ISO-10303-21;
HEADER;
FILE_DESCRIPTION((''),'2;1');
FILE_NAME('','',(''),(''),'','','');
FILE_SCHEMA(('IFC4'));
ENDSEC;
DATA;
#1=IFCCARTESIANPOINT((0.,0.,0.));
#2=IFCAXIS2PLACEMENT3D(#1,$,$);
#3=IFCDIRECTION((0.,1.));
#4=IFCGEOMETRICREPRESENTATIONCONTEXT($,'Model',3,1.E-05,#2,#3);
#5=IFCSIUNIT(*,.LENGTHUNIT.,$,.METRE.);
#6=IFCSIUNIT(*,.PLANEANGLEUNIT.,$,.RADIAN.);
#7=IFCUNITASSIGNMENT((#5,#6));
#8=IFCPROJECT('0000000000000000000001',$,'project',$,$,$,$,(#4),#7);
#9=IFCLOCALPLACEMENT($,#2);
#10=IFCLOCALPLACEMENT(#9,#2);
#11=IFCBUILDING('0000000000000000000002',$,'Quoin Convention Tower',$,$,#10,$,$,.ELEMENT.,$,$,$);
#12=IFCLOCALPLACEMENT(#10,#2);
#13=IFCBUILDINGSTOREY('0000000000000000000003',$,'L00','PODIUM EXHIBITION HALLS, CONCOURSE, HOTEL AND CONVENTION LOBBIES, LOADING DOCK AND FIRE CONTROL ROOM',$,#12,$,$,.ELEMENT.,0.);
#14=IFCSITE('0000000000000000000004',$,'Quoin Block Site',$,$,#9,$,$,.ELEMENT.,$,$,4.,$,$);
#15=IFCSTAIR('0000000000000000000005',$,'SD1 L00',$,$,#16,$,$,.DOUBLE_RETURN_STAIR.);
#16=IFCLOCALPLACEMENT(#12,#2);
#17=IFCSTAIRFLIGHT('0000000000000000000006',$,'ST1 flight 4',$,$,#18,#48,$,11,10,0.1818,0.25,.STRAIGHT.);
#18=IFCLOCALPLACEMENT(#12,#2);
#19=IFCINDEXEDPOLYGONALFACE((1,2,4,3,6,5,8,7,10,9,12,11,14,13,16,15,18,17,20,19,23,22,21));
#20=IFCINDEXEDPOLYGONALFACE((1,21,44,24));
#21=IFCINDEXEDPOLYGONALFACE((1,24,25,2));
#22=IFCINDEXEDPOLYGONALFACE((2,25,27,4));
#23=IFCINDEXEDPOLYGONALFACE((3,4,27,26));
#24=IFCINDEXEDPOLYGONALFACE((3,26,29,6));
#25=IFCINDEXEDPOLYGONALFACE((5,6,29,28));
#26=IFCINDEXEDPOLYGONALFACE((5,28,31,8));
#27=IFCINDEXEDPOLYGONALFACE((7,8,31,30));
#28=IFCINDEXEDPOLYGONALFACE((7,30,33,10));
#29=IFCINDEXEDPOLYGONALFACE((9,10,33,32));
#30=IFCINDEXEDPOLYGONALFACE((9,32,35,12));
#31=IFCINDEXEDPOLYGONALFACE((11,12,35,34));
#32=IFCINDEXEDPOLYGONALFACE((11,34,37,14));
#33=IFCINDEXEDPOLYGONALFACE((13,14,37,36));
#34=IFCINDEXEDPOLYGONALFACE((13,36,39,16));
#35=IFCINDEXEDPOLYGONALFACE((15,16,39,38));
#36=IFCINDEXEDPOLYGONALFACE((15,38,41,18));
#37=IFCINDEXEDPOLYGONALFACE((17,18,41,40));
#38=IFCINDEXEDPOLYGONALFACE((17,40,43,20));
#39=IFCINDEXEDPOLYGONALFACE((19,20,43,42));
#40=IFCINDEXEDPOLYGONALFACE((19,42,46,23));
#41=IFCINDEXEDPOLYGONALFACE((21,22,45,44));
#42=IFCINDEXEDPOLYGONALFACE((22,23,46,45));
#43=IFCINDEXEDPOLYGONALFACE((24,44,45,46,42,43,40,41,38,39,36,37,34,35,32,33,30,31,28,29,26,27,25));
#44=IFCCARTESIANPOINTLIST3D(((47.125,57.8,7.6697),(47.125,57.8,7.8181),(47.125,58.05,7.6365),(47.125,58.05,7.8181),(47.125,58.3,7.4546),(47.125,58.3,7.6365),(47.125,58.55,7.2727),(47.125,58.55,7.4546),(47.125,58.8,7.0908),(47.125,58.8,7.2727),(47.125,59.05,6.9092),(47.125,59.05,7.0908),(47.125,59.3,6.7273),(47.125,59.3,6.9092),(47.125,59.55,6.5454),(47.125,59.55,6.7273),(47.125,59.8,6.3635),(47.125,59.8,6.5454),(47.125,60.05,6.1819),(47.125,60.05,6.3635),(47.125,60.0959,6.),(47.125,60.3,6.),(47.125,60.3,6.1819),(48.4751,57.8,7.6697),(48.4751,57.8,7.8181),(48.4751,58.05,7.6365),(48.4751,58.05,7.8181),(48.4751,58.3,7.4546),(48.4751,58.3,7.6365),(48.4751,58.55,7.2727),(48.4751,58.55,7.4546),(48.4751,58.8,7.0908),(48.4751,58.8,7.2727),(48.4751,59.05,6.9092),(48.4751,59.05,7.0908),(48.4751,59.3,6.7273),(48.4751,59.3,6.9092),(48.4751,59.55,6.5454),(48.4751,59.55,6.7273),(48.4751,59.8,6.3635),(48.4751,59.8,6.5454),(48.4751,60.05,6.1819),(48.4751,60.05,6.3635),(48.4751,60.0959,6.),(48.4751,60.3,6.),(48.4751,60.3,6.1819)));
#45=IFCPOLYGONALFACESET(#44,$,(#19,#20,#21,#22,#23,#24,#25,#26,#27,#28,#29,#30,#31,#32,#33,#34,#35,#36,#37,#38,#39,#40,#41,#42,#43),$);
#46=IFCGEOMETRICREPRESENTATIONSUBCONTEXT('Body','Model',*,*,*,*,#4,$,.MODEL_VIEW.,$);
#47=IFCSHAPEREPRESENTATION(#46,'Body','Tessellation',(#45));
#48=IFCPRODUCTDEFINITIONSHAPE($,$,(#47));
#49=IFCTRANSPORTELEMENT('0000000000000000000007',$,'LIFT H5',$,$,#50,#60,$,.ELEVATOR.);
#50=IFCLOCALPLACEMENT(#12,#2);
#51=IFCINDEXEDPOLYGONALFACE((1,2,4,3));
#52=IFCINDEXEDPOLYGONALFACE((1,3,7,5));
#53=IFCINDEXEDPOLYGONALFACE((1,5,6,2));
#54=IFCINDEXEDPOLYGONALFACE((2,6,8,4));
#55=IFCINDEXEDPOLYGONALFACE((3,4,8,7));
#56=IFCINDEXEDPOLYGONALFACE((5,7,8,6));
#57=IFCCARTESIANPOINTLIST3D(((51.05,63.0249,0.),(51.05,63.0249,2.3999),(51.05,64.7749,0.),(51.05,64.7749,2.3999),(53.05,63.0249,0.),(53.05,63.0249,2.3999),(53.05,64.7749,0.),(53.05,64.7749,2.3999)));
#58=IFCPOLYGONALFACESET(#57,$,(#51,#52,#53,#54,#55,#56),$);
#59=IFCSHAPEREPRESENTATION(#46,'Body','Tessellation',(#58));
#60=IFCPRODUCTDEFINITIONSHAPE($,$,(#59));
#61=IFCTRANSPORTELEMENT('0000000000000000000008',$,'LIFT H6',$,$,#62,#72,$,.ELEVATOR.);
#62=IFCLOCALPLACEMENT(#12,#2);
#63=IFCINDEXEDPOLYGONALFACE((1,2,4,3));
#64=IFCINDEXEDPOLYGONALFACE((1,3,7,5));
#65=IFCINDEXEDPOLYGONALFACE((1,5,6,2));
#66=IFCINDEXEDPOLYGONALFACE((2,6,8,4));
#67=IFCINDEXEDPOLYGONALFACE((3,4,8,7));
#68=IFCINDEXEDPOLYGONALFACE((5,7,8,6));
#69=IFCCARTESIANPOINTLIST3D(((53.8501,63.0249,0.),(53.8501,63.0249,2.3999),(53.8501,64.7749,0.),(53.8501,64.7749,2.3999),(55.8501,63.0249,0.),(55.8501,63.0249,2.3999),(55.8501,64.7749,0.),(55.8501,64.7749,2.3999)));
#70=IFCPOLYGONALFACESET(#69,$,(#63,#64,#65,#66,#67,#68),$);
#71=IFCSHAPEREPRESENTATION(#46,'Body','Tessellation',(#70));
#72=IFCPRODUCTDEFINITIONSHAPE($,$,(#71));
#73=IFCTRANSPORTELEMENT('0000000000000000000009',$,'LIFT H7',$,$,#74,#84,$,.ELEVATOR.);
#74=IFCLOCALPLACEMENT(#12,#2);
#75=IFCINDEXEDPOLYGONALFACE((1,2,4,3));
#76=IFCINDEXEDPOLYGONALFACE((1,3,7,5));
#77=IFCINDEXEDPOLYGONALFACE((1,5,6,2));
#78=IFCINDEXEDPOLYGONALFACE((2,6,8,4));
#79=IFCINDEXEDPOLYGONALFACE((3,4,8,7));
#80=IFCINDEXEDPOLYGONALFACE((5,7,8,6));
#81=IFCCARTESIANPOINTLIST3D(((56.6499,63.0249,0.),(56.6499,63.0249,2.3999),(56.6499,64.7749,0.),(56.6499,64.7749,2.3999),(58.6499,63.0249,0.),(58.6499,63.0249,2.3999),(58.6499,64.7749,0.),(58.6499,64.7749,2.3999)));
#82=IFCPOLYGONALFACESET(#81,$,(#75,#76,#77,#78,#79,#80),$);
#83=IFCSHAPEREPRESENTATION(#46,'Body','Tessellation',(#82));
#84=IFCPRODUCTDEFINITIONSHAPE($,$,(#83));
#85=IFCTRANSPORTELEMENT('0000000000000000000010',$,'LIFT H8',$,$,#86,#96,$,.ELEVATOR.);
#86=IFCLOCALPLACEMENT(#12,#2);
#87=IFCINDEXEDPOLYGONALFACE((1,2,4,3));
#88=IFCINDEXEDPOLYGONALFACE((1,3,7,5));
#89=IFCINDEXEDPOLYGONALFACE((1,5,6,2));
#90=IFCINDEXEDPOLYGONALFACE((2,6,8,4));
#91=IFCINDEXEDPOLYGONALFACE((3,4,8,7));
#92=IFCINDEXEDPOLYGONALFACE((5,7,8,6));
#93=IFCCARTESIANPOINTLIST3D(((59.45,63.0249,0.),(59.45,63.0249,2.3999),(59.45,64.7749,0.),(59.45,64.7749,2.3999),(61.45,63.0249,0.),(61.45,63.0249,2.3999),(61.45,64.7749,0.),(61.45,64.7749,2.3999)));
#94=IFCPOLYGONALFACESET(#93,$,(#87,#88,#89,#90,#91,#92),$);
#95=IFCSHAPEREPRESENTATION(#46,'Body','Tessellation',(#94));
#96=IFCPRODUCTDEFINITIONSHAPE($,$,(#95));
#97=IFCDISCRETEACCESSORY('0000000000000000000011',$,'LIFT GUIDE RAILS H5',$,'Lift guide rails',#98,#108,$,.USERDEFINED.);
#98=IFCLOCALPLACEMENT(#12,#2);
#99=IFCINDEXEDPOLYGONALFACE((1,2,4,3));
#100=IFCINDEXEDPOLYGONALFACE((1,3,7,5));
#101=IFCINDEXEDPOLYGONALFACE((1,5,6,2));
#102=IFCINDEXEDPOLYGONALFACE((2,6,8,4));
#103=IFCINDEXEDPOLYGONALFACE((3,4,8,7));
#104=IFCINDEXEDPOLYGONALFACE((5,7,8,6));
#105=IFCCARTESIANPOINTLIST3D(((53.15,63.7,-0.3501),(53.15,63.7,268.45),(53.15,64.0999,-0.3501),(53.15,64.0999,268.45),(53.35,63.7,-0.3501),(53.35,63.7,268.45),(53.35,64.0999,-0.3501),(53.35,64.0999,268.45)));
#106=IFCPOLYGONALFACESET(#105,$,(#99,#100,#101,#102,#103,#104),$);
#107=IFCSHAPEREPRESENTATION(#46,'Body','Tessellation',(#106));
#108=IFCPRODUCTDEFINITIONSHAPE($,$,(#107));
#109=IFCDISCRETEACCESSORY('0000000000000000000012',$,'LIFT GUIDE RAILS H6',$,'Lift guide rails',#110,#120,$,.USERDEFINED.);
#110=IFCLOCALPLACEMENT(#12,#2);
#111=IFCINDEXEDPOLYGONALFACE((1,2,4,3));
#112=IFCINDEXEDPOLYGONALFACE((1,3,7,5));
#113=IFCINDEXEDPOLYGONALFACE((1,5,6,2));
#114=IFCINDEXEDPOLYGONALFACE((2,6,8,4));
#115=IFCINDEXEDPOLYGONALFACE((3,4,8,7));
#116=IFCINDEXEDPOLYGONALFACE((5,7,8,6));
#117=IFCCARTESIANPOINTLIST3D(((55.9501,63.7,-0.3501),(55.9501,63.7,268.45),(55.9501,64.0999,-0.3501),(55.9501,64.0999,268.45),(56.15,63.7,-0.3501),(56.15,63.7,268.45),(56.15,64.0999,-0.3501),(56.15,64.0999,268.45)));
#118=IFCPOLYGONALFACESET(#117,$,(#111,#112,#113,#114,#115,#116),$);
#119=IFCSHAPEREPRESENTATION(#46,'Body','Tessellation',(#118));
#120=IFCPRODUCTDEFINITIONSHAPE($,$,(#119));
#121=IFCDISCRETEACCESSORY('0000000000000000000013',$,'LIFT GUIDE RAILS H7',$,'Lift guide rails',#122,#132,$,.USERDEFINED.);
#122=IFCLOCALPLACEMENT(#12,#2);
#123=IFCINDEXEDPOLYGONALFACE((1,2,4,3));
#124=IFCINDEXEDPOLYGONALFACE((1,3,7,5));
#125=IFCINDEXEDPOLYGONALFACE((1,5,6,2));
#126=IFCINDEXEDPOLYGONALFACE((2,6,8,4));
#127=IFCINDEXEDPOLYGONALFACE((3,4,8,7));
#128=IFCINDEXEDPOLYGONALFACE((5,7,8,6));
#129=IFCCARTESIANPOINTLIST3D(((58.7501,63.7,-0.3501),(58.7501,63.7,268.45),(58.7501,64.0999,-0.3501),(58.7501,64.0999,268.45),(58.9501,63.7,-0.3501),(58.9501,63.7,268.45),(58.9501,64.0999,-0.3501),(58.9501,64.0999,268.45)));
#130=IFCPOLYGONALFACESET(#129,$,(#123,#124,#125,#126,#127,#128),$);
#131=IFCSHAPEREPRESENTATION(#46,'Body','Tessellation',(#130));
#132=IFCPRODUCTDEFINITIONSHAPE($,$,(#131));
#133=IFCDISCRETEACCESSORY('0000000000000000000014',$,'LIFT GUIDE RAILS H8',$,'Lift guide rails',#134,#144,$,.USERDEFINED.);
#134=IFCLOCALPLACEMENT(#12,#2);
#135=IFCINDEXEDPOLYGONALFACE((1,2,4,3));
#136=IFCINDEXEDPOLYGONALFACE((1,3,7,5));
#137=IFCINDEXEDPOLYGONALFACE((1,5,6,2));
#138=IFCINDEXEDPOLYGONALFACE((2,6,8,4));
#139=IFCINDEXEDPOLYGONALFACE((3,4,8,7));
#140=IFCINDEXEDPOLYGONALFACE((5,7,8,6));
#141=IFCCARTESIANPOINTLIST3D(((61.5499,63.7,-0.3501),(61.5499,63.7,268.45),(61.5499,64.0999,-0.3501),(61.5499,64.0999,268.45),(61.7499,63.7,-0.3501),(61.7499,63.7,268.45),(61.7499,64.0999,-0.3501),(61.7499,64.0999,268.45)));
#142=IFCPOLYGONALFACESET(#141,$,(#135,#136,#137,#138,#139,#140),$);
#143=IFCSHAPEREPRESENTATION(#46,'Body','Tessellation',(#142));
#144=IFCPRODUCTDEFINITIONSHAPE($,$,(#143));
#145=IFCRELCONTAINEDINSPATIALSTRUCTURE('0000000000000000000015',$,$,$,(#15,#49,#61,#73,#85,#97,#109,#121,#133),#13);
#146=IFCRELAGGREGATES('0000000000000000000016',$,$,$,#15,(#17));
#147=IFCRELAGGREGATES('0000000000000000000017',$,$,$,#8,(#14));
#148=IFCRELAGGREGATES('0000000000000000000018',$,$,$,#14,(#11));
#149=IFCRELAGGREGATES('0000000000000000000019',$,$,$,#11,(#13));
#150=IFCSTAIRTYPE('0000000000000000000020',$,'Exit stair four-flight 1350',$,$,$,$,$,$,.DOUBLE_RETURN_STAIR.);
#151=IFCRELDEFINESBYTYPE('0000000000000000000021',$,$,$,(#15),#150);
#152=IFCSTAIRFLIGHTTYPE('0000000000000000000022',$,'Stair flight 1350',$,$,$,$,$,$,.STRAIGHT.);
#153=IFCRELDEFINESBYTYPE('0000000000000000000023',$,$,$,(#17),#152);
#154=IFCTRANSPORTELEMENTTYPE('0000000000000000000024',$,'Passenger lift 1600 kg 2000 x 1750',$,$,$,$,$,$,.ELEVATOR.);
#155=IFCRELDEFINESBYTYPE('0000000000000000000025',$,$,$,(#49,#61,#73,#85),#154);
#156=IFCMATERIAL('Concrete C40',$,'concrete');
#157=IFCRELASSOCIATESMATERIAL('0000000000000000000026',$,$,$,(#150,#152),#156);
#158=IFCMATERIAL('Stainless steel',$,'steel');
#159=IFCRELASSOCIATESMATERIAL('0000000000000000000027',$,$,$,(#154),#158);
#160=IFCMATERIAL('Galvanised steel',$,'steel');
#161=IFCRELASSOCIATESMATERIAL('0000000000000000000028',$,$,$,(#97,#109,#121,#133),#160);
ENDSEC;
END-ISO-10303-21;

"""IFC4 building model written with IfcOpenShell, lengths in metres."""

from ifc_helpers import new_model, si_unit, direction, frame, origin, origin_2d, place, context, subcontext, project, spatial, polyline, rectangle, outline, extrude, material, type_object, element, aggregate, save


model = new_model("IFC4")

# Units and contexts
model_context = context("Model", 3, precision=1e-05, world=origin(), true_north=direction((0.0, 1.0)))
body_context = subcontext(model_context, "Body", "Model", "MODEL_VIEW")
ifc_project = project(units=[si_unit("LENGTHUNIT", "METRE"), si_unit("PLANEANGLEUNIT", "RADIAN")], contexts=[model_context])

# Site, building, storey
site_placement = place(None, origin())
site = spatial("IfcSite", under=ifc_project, at=site_placement, Name="Quoin Block Site", CompositionType="ELEMENT", RefElevation=4.0)
building_placement = place(site_placement, origin())
building = spatial("IfcBuilding", under=site, at=building_placement, Name="Quoin Convention Tower", CompositionType="ELEMENT")
storey_placement = place(building_placement, origin())
storey = spatial("IfcBuildingStorey", under=building, at=storey_placement, Name="L00", Description="PODIUM EXHIBITION HALLS, CONCOURSE, HOTEL AND CONVENTION LOBBIES, LOADING DOCK AND FIRE CONTROL ROOM", CompositionType="ELEMENT", Elevation=0.0)

# Stair, stair flight
ifc_material_1 = material(Name="Concrete C40", Category="concrete")
stair_type = type_object("IfcStairType", Name="Exit stair four-flight 1350", PredefinedType="DOUBLE_RETURN_STAIR", material=ifc_material_1)
stair_placement = place(storey_placement, origin())
stair = element("IfcStair", 1, at=stair_placement, inside=storey, type_object=stair_type, Name="SD1 L00", PredefinedType="DOUBLE_RETURN_STAIR")
stair_flight_type = type_object("IfcStairFlightType", Name="Stair flight 1350", PredefinedType="STRAIGHT", material=ifc_material_1)
stair_flight_1_placement = place(storey_placement, frame((47.8, 60.3, 6.0), z_axis=(0.0, 0.0, 1.0), x_axis=(0.0, -1.0, 0.0)))
stair_flight_1 = element("IfcStairFlight", 2, at=stair_flight_1_placement, type_object=stair_flight_type, Name="ST1 flight 4", NumberOfRisers=11, NumberOfTreads=10, PredefinedType="STRAIGHT", RiserHeight=0.1818, TreadLength=0.25, context=body_context, shape_type="SweptSolid", body=[
    extrude(outline(polyline([(0.0, 0.0), (0.0, 0.1819), (0.25, 0.1819), (0.25, 0.3635), (0.5, 0.3635), (0.5, 0.5454), (0.75, 0.5454), (0.75, 0.7273), (1.0, 0.7273), (1.0, 0.9092), (1.25, 0.9092), (1.25, 1.0908), (1.5, 1.0908), (1.5, 1.2727), (1.75, 1.2727), (1.75, 1.4546), (2.0, 1.4546), (2.0, 1.6365), (2.25, 1.6365), (2.25, 1.8181), (2.5, 1.8181), (2.5, 2.0), (2.5, 1.6697), (0.2041, 0.0), (0.0, 0.0)])), frame((0.0, 0.675, 0.0), z_axis=(0.0, -1.0, 0.0), x_axis=(1.0, 0.0, 0.0)), (0.0, 0.0, 1.0), 1.3501),
])
aggregate(stair, [stair_flight_1])

# Transport elements
ifc_material_2 = material(Name="Stainless steel", Category="steel")
transport_element_type = type_object("IfcTransportElementType", Name="Passenger lift 1600 kg 2000 x 1750", PredefinedType="ELEVATOR", material=ifc_material_2)
for number, where, z_axis, x_axis, name in (
    (3, (52.05, 63.8999, 0.0), (0.0, 0.0, 1.0), (1.0, 0.0, 0.0), "LIFT H5"),
    (4, (54.8501, 63.8999, 0.0), (0.0, 0.0, 1.0), (1.0, 0.0, 0.0), "LIFT H6"),
    (5, (57.6499, 63.8999, 0.0), (0.0, 0.0, 1.0), (1.0, 0.0, 0.0), "LIFT H7"),
    (6, (60.45, 63.8999, 0.0), (0.0, 0.0, 1.0), (1.0, 0.0, 0.0), "LIFT H8"),
):
    element("IfcTransportElement", number, at=place(storey_placement, frame(where, z_axis=z_axis, x_axis=x_axis)), inside=storey, type_object=transport_element_type, Name=name, PredefinedType="ELEVATOR", context=body_context, shape_type="SweptSolid", body=[
        extrude(rectangle(XDim=2.0, YDim=1.75, at=origin_2d()), origin(), (0.0, 0.0, 1.0), 2.3999),
    ])

# Discrete accessories
ifc_material_3 = material(Name="Galvanised steel", Category="steel")
for number, where, z_axis, x_axis, name in (
    (7, (53.25, 63.8999, -0.3501), (0.0, 0.0, 1.0), (1.0, 0.0, 0.0), "LIFT GUIDE RAILS H5"),
    (8, (56.05, 63.8999, -0.3501), (0.0, 0.0, 1.0), (1.0, 0.0, 0.0), "LIFT GUIDE RAILS H6"),
    (9, (58.8501, 63.8999, -0.3501), (0.0, 0.0, 1.0), (1.0, 0.0, 0.0), "LIFT GUIDE RAILS H7"),
    (10, (61.6499, 63.8999, -0.3501), (0.0, 0.0, 1.0), (1.0, 0.0, 0.0), "LIFT GUIDE RAILS H8"),
):
    element("IfcDiscreteAccessory", number, at=place(storey_placement, frame(where, z_axis=z_axis, x_axis=x_axis)), inside=storey, material=ifc_material_3, Name=name, ObjectType="Lift guide rails", PredefinedType="USERDEFINED", context=body_context, shape_type="SweptSolid", body=[
        extrude(rectangle(XDim=0.2, YDim=0.3999, at=origin_2d()), origin(), (0.0, 0.0, 1.0), 268.8),
    ])

save(model, "model.ifc")
